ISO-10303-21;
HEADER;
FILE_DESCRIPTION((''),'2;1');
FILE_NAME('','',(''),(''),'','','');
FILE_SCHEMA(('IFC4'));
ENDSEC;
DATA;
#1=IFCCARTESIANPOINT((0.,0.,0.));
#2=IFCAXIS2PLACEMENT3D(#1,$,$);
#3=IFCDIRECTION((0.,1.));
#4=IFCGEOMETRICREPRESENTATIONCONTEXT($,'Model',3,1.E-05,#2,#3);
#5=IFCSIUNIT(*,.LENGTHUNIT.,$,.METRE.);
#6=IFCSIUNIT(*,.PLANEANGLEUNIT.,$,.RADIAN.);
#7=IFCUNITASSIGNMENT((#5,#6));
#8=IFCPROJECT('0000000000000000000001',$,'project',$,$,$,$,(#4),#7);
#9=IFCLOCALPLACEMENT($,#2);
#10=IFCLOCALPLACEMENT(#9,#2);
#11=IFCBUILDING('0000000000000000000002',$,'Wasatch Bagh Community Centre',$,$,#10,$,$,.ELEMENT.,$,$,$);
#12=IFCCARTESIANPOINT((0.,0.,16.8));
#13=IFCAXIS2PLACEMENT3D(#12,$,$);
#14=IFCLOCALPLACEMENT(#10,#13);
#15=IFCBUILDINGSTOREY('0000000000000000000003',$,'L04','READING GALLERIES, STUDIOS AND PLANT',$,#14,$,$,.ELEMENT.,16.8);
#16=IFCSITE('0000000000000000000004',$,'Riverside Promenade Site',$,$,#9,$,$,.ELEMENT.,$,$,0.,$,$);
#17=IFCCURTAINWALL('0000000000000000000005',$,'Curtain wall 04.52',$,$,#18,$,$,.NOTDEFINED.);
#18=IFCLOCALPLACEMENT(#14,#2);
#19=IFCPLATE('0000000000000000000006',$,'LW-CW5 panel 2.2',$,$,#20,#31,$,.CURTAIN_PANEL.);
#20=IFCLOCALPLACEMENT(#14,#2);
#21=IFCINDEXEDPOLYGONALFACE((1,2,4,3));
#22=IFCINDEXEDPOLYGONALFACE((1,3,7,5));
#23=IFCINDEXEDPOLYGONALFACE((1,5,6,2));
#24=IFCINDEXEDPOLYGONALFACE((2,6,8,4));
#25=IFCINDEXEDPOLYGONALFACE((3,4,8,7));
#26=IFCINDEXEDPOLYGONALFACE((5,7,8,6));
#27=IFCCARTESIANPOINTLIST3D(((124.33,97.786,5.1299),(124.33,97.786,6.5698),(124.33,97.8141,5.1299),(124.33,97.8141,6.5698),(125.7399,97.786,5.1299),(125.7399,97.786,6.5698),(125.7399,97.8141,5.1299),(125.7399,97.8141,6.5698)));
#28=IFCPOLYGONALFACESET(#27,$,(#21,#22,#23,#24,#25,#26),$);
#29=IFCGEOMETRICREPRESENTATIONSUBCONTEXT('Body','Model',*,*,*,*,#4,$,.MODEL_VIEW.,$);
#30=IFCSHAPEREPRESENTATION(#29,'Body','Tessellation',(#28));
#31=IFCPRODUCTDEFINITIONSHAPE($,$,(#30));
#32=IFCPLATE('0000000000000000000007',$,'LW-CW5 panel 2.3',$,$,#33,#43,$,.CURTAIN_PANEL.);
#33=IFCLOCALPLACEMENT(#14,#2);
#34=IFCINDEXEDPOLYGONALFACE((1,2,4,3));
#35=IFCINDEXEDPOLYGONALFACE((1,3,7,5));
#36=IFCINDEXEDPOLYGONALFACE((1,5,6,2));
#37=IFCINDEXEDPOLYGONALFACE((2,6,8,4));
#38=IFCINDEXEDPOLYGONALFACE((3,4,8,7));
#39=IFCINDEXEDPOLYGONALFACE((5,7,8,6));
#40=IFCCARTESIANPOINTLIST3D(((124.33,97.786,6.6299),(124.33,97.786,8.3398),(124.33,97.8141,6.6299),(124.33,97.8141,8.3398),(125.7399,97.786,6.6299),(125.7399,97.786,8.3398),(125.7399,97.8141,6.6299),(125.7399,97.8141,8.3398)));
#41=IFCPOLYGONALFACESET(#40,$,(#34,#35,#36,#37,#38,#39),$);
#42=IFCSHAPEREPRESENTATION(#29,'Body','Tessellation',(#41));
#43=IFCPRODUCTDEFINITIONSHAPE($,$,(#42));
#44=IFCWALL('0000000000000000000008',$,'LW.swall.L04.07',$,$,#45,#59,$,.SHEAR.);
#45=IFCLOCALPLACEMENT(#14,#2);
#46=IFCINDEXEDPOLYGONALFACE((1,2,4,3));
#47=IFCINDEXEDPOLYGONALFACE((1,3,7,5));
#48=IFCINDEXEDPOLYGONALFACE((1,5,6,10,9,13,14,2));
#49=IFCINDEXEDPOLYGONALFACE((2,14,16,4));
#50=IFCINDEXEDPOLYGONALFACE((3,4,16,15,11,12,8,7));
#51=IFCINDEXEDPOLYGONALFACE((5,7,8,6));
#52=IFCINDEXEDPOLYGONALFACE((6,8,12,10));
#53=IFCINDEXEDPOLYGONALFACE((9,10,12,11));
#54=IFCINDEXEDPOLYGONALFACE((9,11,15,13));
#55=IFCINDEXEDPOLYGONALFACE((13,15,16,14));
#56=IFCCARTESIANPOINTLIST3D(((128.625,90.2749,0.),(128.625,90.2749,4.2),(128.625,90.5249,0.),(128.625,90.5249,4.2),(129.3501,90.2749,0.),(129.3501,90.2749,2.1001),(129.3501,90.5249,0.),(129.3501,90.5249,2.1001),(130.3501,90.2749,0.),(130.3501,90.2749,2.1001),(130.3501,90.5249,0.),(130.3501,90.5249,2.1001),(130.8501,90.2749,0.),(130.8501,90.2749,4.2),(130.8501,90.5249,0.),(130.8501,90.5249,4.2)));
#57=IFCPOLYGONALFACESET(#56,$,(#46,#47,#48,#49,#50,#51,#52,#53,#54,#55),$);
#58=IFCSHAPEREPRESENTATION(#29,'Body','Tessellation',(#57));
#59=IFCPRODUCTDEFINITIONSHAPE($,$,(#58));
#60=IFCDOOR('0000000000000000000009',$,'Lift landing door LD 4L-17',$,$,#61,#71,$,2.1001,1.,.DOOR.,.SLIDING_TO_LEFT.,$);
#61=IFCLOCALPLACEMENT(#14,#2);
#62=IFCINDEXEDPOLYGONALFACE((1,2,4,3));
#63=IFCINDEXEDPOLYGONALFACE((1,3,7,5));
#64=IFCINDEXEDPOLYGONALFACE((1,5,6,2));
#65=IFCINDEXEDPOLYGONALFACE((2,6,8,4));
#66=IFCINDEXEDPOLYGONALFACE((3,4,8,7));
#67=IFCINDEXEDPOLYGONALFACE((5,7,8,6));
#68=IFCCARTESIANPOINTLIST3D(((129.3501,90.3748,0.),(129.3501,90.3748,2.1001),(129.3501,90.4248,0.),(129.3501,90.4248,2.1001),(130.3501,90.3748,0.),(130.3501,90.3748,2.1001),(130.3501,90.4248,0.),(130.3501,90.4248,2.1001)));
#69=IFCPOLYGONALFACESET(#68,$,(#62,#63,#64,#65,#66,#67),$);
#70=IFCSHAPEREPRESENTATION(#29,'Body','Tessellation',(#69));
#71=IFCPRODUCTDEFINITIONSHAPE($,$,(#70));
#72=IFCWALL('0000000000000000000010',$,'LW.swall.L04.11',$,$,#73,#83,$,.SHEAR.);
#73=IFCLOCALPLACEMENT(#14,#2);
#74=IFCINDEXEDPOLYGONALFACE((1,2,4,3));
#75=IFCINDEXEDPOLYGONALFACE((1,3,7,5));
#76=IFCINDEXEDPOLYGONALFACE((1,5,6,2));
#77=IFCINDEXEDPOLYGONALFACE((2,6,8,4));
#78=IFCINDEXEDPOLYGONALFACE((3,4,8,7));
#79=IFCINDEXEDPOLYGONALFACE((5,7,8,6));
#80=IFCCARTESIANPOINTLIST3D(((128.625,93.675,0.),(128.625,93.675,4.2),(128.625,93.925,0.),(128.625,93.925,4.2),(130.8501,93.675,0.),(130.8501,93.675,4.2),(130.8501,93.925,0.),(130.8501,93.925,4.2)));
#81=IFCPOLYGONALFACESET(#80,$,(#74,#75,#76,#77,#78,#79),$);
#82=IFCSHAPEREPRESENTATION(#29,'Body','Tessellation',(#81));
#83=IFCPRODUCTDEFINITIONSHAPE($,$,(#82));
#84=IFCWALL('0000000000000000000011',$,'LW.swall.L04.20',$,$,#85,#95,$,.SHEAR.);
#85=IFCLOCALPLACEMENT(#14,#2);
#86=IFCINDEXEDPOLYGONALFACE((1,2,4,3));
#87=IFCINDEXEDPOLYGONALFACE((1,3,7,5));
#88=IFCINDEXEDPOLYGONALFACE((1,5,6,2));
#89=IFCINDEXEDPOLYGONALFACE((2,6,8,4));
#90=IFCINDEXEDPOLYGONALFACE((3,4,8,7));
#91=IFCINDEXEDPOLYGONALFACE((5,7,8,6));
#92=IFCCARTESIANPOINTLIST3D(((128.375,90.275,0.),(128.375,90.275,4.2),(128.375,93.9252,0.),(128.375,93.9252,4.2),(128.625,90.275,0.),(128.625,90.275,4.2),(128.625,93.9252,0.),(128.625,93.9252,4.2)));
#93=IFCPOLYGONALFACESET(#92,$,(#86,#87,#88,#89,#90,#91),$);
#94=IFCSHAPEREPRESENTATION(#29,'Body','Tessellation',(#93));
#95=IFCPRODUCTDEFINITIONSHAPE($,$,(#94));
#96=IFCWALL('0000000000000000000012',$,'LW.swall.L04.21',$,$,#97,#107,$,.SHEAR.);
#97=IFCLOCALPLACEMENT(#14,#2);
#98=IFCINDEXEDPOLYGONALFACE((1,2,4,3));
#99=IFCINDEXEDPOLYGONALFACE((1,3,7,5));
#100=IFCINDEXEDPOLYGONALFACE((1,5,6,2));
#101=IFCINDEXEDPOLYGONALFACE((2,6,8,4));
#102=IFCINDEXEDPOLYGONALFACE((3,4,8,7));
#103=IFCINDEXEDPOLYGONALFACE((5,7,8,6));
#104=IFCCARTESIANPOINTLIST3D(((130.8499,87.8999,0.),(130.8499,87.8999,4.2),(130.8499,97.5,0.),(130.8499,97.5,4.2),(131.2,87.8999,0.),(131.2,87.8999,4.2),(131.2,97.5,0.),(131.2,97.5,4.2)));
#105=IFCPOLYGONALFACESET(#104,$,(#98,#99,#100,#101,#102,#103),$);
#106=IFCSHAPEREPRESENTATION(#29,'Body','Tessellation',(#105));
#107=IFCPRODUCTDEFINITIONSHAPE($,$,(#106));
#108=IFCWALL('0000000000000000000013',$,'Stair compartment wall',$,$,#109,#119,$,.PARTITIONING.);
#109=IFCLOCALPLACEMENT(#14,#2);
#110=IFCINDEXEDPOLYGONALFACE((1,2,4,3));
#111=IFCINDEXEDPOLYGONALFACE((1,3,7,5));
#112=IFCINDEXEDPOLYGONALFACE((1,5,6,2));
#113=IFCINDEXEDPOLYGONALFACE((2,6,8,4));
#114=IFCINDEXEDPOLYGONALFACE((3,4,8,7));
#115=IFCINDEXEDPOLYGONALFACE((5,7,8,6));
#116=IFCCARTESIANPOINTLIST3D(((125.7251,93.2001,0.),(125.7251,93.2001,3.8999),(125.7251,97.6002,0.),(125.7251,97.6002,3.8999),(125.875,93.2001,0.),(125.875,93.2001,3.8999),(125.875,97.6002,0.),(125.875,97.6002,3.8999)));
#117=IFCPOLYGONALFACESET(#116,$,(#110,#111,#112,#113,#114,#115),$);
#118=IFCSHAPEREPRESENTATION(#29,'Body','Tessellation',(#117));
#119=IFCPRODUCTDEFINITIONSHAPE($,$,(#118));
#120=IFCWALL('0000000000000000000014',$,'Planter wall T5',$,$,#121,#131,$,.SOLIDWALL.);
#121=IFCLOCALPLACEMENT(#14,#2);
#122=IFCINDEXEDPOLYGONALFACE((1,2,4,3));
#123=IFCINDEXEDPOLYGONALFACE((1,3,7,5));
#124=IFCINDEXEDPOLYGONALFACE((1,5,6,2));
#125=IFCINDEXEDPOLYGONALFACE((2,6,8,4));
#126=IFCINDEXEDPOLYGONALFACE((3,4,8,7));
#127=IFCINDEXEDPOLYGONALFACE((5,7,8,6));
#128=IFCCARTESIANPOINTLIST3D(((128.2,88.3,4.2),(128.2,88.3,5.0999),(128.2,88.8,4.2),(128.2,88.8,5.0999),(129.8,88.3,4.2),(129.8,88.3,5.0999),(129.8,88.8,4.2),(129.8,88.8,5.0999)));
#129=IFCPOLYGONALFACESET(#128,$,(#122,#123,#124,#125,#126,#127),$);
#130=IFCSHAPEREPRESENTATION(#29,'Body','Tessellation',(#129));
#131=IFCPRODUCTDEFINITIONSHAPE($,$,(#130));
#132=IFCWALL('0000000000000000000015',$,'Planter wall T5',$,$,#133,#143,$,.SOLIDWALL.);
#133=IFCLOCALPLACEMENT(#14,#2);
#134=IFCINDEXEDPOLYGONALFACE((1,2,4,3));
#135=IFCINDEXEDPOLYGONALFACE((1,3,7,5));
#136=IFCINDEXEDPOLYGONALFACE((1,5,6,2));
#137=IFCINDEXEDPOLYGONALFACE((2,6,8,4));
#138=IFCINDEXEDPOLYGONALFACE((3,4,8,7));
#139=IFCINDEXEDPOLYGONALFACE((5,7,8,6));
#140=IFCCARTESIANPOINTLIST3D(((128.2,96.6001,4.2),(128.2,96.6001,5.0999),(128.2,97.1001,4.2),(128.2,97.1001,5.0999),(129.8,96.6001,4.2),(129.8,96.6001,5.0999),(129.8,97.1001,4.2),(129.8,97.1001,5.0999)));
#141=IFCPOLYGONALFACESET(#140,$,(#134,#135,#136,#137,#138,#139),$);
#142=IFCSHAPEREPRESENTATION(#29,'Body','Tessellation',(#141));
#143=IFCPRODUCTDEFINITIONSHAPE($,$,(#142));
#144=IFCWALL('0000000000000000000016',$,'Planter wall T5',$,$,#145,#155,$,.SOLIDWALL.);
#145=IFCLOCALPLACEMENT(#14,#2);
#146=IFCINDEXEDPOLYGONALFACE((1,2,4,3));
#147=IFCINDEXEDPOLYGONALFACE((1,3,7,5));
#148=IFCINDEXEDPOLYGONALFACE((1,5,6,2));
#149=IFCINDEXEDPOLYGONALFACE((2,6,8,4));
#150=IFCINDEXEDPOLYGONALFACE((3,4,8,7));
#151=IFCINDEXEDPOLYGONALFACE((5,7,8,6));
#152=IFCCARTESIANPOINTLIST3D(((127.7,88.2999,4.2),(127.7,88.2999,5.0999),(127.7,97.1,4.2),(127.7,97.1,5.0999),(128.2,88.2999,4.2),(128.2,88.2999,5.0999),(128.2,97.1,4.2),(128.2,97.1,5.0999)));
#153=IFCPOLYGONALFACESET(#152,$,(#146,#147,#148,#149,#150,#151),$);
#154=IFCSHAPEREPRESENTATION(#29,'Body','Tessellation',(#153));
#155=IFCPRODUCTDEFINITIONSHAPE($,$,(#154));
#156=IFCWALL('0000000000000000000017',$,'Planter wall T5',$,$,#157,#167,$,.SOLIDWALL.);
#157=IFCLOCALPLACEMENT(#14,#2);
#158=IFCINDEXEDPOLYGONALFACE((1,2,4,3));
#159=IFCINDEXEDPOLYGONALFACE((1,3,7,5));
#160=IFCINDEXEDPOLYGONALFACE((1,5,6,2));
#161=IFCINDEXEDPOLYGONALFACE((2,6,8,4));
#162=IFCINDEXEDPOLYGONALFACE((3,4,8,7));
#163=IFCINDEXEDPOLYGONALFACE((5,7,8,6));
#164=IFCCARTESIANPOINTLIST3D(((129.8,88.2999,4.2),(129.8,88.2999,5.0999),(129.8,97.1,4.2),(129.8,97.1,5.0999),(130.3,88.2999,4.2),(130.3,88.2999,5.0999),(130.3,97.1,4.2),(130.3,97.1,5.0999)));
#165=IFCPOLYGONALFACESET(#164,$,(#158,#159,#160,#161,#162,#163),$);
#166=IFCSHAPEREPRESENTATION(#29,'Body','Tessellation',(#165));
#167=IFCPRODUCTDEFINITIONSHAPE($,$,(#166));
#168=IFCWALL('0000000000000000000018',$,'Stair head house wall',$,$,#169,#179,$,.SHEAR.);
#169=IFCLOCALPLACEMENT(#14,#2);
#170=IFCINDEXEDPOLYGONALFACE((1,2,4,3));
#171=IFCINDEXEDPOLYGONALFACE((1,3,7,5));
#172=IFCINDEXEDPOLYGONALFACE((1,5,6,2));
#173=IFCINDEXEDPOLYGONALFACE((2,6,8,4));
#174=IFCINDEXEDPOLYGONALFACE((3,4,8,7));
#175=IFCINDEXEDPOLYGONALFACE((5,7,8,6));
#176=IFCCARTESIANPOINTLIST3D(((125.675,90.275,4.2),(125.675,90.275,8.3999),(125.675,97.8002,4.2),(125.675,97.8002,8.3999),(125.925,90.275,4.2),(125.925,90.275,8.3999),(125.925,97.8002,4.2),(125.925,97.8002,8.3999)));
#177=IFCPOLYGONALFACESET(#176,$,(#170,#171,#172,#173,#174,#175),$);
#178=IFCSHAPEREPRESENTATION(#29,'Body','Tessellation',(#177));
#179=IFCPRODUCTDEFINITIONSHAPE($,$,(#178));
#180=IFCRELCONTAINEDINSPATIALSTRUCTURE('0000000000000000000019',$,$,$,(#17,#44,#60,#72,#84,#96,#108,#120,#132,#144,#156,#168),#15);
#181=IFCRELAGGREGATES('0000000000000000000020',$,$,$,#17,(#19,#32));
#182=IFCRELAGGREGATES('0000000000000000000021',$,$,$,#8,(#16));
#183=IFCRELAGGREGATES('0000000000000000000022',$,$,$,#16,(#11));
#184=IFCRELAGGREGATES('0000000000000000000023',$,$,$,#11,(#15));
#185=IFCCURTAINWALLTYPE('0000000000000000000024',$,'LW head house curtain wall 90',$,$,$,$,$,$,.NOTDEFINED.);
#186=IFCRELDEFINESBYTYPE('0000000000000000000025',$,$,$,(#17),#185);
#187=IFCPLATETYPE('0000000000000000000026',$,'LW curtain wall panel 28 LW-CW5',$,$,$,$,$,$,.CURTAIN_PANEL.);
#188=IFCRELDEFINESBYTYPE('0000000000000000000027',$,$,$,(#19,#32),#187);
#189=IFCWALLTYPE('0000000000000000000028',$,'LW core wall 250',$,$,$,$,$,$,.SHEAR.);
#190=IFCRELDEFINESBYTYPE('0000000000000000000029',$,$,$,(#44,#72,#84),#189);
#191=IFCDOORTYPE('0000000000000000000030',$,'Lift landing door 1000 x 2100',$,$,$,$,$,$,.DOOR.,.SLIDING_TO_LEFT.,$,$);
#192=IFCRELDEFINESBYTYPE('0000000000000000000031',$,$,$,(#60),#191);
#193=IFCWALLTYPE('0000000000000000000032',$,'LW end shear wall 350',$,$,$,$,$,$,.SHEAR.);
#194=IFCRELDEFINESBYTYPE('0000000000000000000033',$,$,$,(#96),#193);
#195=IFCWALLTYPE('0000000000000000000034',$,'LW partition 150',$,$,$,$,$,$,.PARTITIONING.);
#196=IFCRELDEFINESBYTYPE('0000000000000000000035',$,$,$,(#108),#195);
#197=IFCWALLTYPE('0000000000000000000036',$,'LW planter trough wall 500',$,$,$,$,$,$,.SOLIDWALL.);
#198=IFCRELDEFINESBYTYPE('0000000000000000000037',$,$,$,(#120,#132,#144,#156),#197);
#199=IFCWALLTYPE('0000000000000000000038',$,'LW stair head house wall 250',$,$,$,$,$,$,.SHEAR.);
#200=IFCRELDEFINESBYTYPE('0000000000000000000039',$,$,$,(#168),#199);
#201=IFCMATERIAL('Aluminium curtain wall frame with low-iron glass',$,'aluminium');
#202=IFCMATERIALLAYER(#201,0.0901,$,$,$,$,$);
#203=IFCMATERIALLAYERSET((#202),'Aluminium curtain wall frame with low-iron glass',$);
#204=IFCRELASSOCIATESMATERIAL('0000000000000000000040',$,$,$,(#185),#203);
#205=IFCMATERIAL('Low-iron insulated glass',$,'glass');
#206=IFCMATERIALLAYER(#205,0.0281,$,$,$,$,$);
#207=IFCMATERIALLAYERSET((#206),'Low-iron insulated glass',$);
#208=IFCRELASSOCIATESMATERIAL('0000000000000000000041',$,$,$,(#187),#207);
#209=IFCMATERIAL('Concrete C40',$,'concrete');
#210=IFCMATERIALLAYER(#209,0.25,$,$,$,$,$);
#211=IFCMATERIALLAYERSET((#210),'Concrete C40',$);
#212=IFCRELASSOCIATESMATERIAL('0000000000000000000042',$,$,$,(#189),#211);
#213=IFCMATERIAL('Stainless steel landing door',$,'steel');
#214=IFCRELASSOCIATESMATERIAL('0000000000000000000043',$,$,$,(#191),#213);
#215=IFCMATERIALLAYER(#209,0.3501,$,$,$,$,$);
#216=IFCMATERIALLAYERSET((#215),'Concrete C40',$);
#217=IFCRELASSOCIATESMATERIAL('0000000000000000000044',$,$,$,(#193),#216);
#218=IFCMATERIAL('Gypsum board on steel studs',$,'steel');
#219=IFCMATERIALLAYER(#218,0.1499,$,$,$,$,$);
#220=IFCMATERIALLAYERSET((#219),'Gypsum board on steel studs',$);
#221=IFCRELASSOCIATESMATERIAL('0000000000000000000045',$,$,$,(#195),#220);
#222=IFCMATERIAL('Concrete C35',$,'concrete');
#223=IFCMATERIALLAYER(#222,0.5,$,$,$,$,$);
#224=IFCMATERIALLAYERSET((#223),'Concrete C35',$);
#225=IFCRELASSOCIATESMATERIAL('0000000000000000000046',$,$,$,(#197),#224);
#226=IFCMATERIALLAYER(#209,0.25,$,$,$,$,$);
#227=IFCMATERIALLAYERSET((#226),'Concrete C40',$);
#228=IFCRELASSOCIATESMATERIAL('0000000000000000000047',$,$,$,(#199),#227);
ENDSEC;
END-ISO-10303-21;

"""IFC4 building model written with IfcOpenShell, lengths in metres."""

from ifc_helpers import new_model, si_unit, direction, frame, frame_2d, origin, origin_2d, place, context, subcontext, project, spatial, rectangle, extrude, material, layer, layer_set, type_object, element, fill, aggregate, save


model = new_model("IFC4")

# Units and contexts
model_context = context("Model", 3, precision=1e-05, world=origin(), true_north=direction((0.0, 1.0)))
body_context = subcontext(model_context, "Body", "Model", "MODEL_VIEW")
ifc_project = project(units=[si_unit("LENGTHUNIT", "METRE"), si_unit("PLANEANGLEUNIT", "RADIAN")], contexts=[model_context])

# Site, building, storey
site_placement = place(None, origin())
site = spatial("IfcSite", under=ifc_project, at=site_placement, Name="Riverside Promenade Site", CompositionType="ELEMENT", RefElevation=0.0)
building_placement = place(site_placement, origin())
building = spatial("IfcBuilding", under=site, at=building_placement, Name="Wasatch Bagh Community Centre", CompositionType="ELEMENT")
storey_placement = place(building_placement, frame((0.0, 0.0, 16.8)))
storey = spatial("IfcBuildingStorey", under=building, at=storey_placement, Name="L04", Description="READING GALLERIES, STUDIOS AND PLANT", CompositionType="ELEMENT", Elevation=16.8)

# Shared definitions
ifc_material_1 = material(Name="Concrete C40", Category="concrete")

# Shared definitions
ifc_material_2 = material(Name="Aluminium curtain wall frame with low-iron glass", Category="aluminium")

# Shared definitions
ifc_material_3 = material(Name="Low-iron insulated glass", Category="glass")

# Curtain wall, plates
ifc_layer_1 = layer(ifc_material_2, 0.0901)
ifc_layer_set_1 = layer_set([ifc_layer_1], Name="Aluminium curtain wall frame with low-iron glass")
curtain_wall_type_1 = type_object("IfcCurtainWallType", Name="LW head house curtain wall 90", PredefinedType="NOTDEFINED", material=ifc_layer_set_1)
curtain_wall_1_placement = place(storey_placement, origin())
curtain_wall_1 = element("IfcCurtainWall", 1, at=curtain_wall_1_placement, inside=storey, type_object=curtain_wall_type_1, Name="Curtain wall 04.52", PredefinedType="NOTDEFINED")
ifc_layer_2 = layer(ifc_material_3, 0.0281)
ifc_layer_set_2 = layer_set([ifc_layer_2], Name="Low-iron insulated glass")
plate_type_1 = type_object("IfcPlateType", Name="LW curtain wall panel 28 LW-CW5", PredefinedType="CURTAIN_PANEL", material=ifc_layer_set_2)
plate_1_placement = place(storey_placement, frame((125.0349, 97.8, 5.1299), z_axis=(0.0, 0.0, 1.0), x_axis=(1.0, 0.0, 0.0)))
plate_1 = element("IfcPlate", 2, at=plate_1_placement, type_object=plate_type_1, Name="LW-CW5 panel 2.2", PredefinedType="CURTAIN_PANEL", context=body_context, shape_type="SweptSolid", body=[
    extrude(rectangle(XDim=1.4099, YDim=0.0281, at=origin_2d()), origin(), (0.0, 0.0, 1.0), 1.4399),
])
plate_2_placement = place(storey_placement, frame((125.0349, 97.8, 6.6299), z_axis=(0.0, 0.0, 1.0), x_axis=(1.0, 0.0, 0.0)))
plate_2 = element("IfcPlate", 3, at=plate_2_placement, type_object=plate_type_1, Name="LW-CW5 panel 2.3", PredefinedType="CURTAIN_PANEL", context=body_context, shape_type="SweptSolid", body=[
    extrude(rectangle(XDim=1.4099, YDim=0.0281, at=origin_2d()), origin(), (0.0, 0.0, 1.0), 1.71),
])
aggregate(curtain_wall_1, [plate_1, plate_2])

# Wall, opening, door
ifc_layer_3 = layer(ifc_material_1, 0.25)
ifc_layer_set_3 = layer_set([ifc_layer_3], Name="Concrete C40")
wall_type_1 = type_object("IfcWallType", Name="LW core wall 250", PredefinedType="SHEAR", material=ifc_layer_set_3)
wall_1_placement = place(storey_placement, frame((128.625, 90.3999, 0.0), z_axis=(0.0, 0.0, 1.0), x_axis=(1.0, 0.0, 0.0)))
wall_1 = element("IfcWall", 4, at=wall_1_placement, inside=storey, type_object=wall_type_1, Name="LW.swall.L04.07", PredefinedType="SHEAR", context=body_context, shape_type="SweptSolid", body=[
    extrude(rectangle(XDim=2.2251, YDim=0.25, at=frame_2d((1.1125, 0.0))), origin(), (0.0, 0.0, 1.0), 4.2),
])
opening_placement = place(wall_1_placement, frame((0.7251, 0.0, 0.0)))
opening = element("IfcOpeningElement", 5, at=opening_placement, cuts=wall_1, PredefinedType="OPENING", context=body_context, shape_type="SweptSolid", body=[
    extrude(rectangle(XDim=1.0, YDim=2.1001, at=frame_2d((0.5, 1.05))), frame((0.0, 0.135, 0.0), z_axis=(0.0, -1.0, 0.0), x_axis=(1.0, 0.0, 0.0)), (0.0, 0.0, 1.0), 0.27),
])
ifc_material_4 = material(Name="Stainless steel landing door", Category="steel")
door_type = type_object("IfcDoorType", Name="Lift landing door 1000 x 2100", OperationType="SLIDING_TO_LEFT", PredefinedType="DOOR", material=ifc_material_4)
door_placement = place(opening_placement, origin())
door = element("IfcDoor", 6, at=door_placement, inside=storey, type_object=door_type, Name="Lift landing door LD 4L-17", OperationType="SLIDING_TO_LEFT", OverallHeight=2.1001, OverallWidth=1.0, PredefinedType="DOOR", context=body_context, shape_type="SweptSolid", body=[
    extrude(rectangle(XDim=1.0, YDim=2.1001, at=frame_2d((0.5, 1.05))), frame((0.0, 0.0249, 0.0), z_axis=(0.0, -1.0, 0.0), x_axis=(1.0, 0.0, 0.0)), (0.0, 0.0, 1.0), 0.05),
])
fill(opening, door)

# Walls
wall_2_placement = place(storey_placement, frame((128.625, 93.8, 0.0), z_axis=(0.0, 0.0, 1.0), x_axis=(1.0, 0.0, 0.0)))
element("IfcWall", 7, at=wall_2_placement, inside=storey, type_object=wall_type_1, Name="LW.swall.L04.11", PredefinedType="SHEAR", context=body_context, shape_type="SweptSolid", body=[
    extrude(rectangle(XDim=2.2251, YDim=0.25, at=frame_2d((1.1125, 0.0))), origin(), (0.0, 0.0, 1.0), 4.2),
])
wall_3_placement = place(storey_placement, frame((128.5, 90.2749, 0.0), z_axis=(0.0, 0.0, 1.0), x_axis=(0.0, 1.0, 0.0)))
element("IfcWall", 8, at=wall_3_placement, inside=storey, type_object=wall_type_1, Name="LW.swall.L04.20", PredefinedType="SHEAR", context=body_context, shape_type="SweptSolid", body=[
    extrude(rectangle(XDim=3.6501, YDim=0.25, at=frame_2d((1.8252, 0.0))), origin(), (0.0, 0.0, 1.0), 4.2),
])
ifc_layer_4 = layer(ifc_material_1, 0.3501)
ifc_layer_set_4 = layer_set([ifc_layer_4], Name="Concrete C40")
wall_type_2 = type_object("IfcWallType", Name="LW end shear wall 350", PredefinedType="SHEAR", material=ifc_layer_set_4)
wall_4_placement = place(storey_placement, frame((131.0249, 97.5, 0.0), z_axis=(0.0, 0.0, 1.0), x_axis=(0.0, -1.0, 0.0)))
element("IfcWall", 9, at=wall_4_placement, inside=storey, type_object=wall_type_2, Name="LW.swall.L04.21", PredefinedType="SHEAR", context=body_context, shape_type="SweptSolid", body=[
    extrude(rectangle(XDim=9.6001, YDim=0.3501, at=frame_2d((4.8, 0.0))), origin(), (0.0, 0.0, 1.0), 4.2),
])
ifc_material_5 = material(Name="Gypsum board on steel studs", Category="steel")
ifc_layer_5 = layer(ifc_material_5, 0.1499)
ifc_layer_set_5 = layer_set([ifc_layer_5], Name="Gypsum board on steel studs")
wall_type_3 = type_object("IfcWallType", Name="LW partition 150", PredefinedType="PARTITIONING", material=ifc_layer_set_5)
wall_5_placement = place(storey_placement, frame((125.8, 93.2, 0.0), z_axis=(0.0, 0.0, 1.0), x_axis=(0.0, 1.0, 0.0)))
element("IfcWall", 10, at=wall_5_placement, inside=storey, type_object=wall_type_3, Name="Stair compartment wall", PredefinedType="PARTITIONING", context=body_context, shape_type="SweptSolid", body=[
    extrude(rectangle(XDim=4.4001, YDim=0.1499, at=frame_2d((2.2002, 0.0))), origin(), (0.0, 0.0, 1.0), 3.8999),
])
ifc_material_6 = material(Name="Concrete C35", Category="concrete")
ifc_layer_6 = layer(ifc_material_6, 0.5)
ifc_layer_set_6 = layer_set([ifc_layer_6], Name="Concrete C35")
wall_type_4 = type_object("IfcWallType", Name="LW planter trough wall 500", PredefinedType="SOLIDWALL", material=ifc_layer_set_6)
for number, where, z_axis, x_axis, name in (
    (11, (128.2, 88.55, 4.2), (0.0, 0.0, 1.0), (1.0, 0.0, 0.0), "Planter wall T5"),
    (12, (128.2, 96.8501, 4.2), (0.0, 0.0, 1.0), (1.0, 0.0, 0.0), "Planter wall T5"),
):
    element("IfcWall", number, at=place(storey_placement, frame(where, z_axis=z_axis, x_axis=x_axis)), inside=storey, type_object=wall_type_4, Name=name, PredefinedType="SOLIDWALL", context=body_context, shape_type="SweptSolid", body=[
        extrude(rectangle(XDim=1.6001, YDim=0.5, at=frame_2d((0.8, 0.0))), origin(), (0.0, 0.0, 1.0), 0.8999),
    ])
for number, where, z_axis, x_axis, name in (
    (13, (127.95, 88.3, 4.2), (0.0, 0.0, 1.0), (0.0, 1.0, 0.0), "Planter wall T5"),
    (14, (130.05, 88.3, 4.2), (0.0, 0.0, 1.0), (0.0, 1.0, 0.0), "Planter wall T5"),
):
    element("IfcWall", number, at=place(storey_placement, frame(where, z_axis=z_axis, x_axis=x_axis)), inside=storey, type_object=wall_type_4, Name=name, PredefinedType="SOLIDWALL", context=body_context, shape_type="SweptSolid", body=[
        extrude(rectangle(XDim=8.8, YDim=0.5, at=frame_2d((4.3999, 0.0))), origin(), (0.0, 0.0, 1.0), 0.8999),
    ])
ifc_layer_7 = layer(ifc_material_1, 0.25)
ifc_layer_set_7 = layer_set([ifc_layer_7], Name="Concrete C40")
wall_type_5 = type_object("IfcWallType", Name="LW stair head house wall 250", PredefinedType="SHEAR", material=ifc_layer_set_7)
wall_6_placement = place(storey_placement, frame((125.8, 90.2749, 4.2), z_axis=(0.0, 0.0, 1.0), x_axis=(0.0, 1.0, 0.0)))
element("IfcWall", 15, at=wall_6_placement, inside=storey, type_object=wall_type_5, Name="Stair head house wall", PredefinedType="SHEAR", context=body_context, shape_type="SweptSolid", body=[
    extrude(rectangle(XDim=7.5251, YDim=0.25, at=frame_2d((3.7627, 0.0))), origin(), (0.0, 0.0, 1.0), 4.2),
])

save(model, "model.ifc")
